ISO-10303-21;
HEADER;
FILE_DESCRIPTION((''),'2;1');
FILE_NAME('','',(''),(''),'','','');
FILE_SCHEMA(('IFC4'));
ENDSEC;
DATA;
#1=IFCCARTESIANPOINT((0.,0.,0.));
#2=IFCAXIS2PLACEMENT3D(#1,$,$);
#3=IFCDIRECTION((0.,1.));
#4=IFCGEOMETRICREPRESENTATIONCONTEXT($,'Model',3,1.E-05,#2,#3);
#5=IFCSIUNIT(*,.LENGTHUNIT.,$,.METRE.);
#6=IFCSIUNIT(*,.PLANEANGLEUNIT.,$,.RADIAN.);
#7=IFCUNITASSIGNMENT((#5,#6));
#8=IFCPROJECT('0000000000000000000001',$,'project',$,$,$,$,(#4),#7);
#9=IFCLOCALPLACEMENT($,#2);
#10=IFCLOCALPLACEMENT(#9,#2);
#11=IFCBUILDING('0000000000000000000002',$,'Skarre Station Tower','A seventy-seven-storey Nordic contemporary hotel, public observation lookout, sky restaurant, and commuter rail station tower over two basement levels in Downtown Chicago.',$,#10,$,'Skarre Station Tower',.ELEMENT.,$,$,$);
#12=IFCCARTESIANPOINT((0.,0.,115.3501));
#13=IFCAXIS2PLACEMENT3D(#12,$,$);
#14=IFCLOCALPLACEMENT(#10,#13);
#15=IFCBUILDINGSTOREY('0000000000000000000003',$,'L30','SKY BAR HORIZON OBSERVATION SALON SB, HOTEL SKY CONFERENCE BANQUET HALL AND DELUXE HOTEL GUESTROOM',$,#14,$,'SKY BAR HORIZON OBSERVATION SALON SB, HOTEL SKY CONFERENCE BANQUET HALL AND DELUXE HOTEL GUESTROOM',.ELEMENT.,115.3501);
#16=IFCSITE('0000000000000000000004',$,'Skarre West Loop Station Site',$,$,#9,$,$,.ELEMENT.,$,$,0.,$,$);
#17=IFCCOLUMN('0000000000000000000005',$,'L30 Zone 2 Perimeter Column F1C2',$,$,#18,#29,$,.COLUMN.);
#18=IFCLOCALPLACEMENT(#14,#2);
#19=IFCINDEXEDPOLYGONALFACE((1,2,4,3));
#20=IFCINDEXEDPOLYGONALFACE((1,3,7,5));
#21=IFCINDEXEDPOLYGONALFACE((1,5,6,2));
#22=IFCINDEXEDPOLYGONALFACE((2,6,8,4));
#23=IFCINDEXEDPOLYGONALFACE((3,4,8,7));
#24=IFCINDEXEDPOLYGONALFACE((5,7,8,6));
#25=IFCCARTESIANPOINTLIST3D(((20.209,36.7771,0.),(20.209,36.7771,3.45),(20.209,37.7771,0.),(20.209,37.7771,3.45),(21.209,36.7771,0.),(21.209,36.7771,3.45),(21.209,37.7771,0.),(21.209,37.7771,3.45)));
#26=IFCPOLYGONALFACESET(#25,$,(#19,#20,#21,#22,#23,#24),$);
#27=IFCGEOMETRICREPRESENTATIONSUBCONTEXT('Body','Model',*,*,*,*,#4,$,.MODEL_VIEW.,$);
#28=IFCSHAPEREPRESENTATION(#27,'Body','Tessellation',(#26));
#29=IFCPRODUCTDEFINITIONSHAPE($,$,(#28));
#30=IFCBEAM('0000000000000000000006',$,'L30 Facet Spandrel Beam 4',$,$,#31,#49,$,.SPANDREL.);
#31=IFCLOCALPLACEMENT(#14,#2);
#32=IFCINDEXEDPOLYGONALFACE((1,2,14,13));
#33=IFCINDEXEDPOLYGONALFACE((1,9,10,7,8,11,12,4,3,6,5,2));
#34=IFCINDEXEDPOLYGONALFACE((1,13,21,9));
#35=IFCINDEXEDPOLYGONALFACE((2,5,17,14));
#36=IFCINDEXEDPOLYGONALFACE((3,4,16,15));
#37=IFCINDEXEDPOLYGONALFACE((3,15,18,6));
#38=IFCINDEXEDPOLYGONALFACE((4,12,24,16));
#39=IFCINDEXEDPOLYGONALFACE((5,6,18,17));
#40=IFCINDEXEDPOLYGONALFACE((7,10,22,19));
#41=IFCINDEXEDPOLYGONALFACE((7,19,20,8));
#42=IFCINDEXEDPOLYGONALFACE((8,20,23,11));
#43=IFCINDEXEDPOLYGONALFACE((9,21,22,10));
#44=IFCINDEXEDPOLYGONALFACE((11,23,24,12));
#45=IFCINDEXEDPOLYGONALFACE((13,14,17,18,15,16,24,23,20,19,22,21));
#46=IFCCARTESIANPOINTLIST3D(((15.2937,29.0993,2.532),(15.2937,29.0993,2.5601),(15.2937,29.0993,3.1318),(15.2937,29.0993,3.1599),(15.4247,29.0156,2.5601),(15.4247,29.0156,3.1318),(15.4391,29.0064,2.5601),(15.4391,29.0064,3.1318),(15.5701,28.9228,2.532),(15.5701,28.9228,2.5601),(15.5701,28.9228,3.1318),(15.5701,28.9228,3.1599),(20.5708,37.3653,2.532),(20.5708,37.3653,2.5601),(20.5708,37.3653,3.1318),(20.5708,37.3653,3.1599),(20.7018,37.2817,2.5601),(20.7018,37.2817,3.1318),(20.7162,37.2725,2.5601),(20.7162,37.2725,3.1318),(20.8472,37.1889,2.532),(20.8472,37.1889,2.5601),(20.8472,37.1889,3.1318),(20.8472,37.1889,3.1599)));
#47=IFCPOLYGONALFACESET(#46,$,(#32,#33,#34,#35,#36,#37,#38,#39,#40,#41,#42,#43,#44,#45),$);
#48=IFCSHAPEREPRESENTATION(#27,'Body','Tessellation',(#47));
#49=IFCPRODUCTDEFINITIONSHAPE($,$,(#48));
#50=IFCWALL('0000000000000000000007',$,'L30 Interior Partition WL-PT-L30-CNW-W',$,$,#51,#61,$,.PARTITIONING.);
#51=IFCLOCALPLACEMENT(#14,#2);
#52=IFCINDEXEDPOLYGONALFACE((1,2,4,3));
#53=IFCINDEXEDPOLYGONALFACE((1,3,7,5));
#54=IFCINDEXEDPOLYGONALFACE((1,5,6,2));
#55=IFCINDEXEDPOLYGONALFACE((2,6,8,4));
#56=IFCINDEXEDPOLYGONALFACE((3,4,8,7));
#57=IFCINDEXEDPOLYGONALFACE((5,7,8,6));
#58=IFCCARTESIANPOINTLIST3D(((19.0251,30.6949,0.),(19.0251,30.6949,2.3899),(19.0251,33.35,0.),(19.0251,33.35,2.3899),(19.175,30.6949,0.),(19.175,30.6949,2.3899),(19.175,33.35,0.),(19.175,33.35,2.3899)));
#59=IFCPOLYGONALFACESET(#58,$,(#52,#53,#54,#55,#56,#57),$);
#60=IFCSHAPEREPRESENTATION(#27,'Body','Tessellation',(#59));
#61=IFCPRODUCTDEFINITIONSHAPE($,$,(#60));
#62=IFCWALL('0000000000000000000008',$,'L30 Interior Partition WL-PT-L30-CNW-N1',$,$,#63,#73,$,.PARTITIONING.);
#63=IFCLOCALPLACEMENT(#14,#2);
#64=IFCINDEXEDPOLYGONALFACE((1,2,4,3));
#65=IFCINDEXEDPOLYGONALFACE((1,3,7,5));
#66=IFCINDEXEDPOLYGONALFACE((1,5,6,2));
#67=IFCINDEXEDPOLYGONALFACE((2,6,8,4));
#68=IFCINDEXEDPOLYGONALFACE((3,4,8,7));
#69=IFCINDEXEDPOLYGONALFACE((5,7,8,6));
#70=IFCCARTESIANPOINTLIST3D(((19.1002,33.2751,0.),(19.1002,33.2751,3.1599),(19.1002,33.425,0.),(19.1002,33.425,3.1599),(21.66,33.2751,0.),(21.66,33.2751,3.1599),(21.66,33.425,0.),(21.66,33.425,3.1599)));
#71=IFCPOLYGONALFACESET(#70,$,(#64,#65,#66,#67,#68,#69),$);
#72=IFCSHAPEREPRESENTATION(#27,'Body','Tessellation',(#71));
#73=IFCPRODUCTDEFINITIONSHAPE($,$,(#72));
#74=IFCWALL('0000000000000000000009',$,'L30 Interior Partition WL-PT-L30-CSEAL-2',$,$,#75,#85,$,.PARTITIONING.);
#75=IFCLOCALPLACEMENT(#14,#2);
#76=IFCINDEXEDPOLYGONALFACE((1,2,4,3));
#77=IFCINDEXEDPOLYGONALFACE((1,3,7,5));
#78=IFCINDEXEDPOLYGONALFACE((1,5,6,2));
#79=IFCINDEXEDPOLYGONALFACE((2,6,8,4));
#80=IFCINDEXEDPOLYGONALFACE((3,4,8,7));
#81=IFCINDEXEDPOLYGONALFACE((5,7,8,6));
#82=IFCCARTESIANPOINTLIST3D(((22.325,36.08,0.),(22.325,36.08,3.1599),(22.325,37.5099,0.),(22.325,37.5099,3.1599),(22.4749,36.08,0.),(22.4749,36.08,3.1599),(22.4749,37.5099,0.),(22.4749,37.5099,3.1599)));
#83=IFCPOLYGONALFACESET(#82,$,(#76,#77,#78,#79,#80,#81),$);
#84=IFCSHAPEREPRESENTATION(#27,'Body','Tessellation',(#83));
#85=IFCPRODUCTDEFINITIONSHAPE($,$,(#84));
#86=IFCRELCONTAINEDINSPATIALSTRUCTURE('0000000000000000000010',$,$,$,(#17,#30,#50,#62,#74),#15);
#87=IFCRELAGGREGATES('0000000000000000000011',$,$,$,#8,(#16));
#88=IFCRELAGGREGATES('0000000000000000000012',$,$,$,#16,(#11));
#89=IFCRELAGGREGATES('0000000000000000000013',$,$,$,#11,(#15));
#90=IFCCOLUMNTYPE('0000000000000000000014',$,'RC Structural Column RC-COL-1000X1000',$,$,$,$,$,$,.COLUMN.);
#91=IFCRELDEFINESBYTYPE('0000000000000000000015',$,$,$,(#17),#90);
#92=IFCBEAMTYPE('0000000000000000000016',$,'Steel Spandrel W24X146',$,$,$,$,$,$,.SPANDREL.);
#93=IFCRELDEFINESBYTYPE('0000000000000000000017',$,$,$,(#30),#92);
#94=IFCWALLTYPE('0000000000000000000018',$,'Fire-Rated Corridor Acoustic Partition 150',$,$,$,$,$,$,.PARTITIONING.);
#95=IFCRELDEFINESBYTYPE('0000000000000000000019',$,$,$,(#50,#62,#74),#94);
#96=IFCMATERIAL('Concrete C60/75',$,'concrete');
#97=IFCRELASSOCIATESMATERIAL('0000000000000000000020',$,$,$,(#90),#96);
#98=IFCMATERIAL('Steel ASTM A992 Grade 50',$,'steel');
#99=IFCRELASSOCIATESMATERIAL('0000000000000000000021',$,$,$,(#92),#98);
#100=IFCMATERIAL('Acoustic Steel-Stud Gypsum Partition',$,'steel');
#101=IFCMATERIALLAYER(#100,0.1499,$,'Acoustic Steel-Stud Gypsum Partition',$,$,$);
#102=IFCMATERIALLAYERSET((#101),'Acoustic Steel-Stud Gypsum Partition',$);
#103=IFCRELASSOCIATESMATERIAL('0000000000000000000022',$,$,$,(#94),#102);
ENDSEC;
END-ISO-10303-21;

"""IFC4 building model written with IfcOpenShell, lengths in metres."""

from ifc_helpers import new_model, si_unit, direction, frame, frame_2d, origin, origin_2d, place, context, subcontext, project, spatial, rectangle, i_section, extrude, material, layer, layer_set, material_profile, profile_set, type_object, element, save


model = new_model("IFC4")

# Units and contexts
model_context = context("Model", 3, precision=1e-05, world=origin(), true_north=direction((0.0, 1.0)))
body_context = subcontext(model_context, "Body", "Model", "MODEL_VIEW")
ifc_project = project(units=[si_unit("LENGTHUNIT", "METRE"), si_unit("PLANEANGLEUNIT", "RADIAN")], contexts=[model_context])

# Site, building, storey
site_placement = place(None, origin())
site = spatial("IfcSite", under=ifc_project, at=site_placement, Name="Skarre West Loop Station Site", CompositionType="ELEMENT", RefElevation=0.0)
building_placement = place(site_placement, origin())
building = spatial("IfcBuilding", under=site, at=building_placement, Name="Skarre Station Tower", Description="A seventy-seven-storey Nordic contemporary hotel, public observation lookout, sky restaurant, and commuter rail station tower over two basement levels in Downtown Chicago.", LongName="Skarre Station Tower", CompositionType="ELEMENT")
storey_placement = place(building_placement, frame((0.0, 0.0, 115.3501)))
storey = spatial("IfcBuildingStorey", under=building, at=storey_placement, Name="L30", Description="SKY BAR HORIZON OBSERVATION SALON SB, HOTEL SKY CONFERENCE BANQUET HALL AND DELUXE HOTEL GUESTROOM", LongName="SKY BAR HORIZON OBSERVATION SALON SB, HOTEL SKY CONFERENCE BANQUET HALL AND DELUXE HOTEL GUESTROOM", CompositionType="ELEMENT", Elevation=115.3501)

# Column
ifc_material_1 = material(Name="Concrete C60/75", Category="concrete")
ifc_material_profile_1 = material_profile(ifc_material_1, rectangle(XDim=1.0, YDim=1.0, at=origin_2d()), Name="Concrete C60/75")
ifc_profile_set_1 = profile_set([ifc_material_profile_1], Name="Concrete C60/75")
column_type = type_object("IfcColumnType", Name="RC Structural Column RC-COL-1000X1000", PredefinedType="COLUMN", material=ifc_profile_set_1)
column_placement = place(storey_placement, frame((20.709, 37.2771, 0.0), z_axis=(0.0, 0.0, 1.0), x_axis=(1.0, 0.0, 0.0)))
element("IfcColumn", 1, at=column_placement, inside=storey, type_object=column_type, Name="L30 Zone 2 Perimeter Column F1C2", PredefinedType="COLUMN", context=body_context, shape_type="SweptSolid", body=[
    extrude(rectangle(XDim=1.0, YDim=1.0, at=origin_2d()), origin(), (0.0, 0.0, 1.0), 3.45),
])

# Beam
ifc_material_2 = material(Name="Steel ASTM A992 Grade 50", Category="steel")
ifc_material_profile_2 = material_profile(ifc_material_2, i_section(OverallWidth=0.3279, OverallDepth=0.6279, WebThickness=0.0171, FlangeThickness=0.0281, at=origin_2d()), Name="Steel ASTM A992 Grade 50")
ifc_profile_set_2 = profile_set([ifc_material_profile_2], Name="Steel ASTM A992 Grade 50")
beam_type = type_object("IfcBeamType", Name="Steel Spandrel W24X146", PredefinedType="SPANDREL", material=ifc_profile_set_2)
beam_placement = place(storey_placement, frame((20.709, 37.2771, 2.8459), z_axis=(-0.538098, -0.842883, 0.0), x_axis=(0.842883, -0.538098, 0.0)))
element("IfcBeam", 2, at=beam_placement, inside=storey, type_object=beam_type, Name="L30 Facet Spandrel Beam 4", PredefinedType="SPANDREL", context=body_context, shape_type="SweptSolid", body=[
    extrude(i_section(OverallWidth=0.3279, OverallDepth=0.6279, WebThickness=0.0171, FlangeThickness=0.0281, at=origin_2d()), origin(), (0.0, 0.0, 1.0), 9.8069),
])

# Walls
ifc_material_3 = material(Name="Acoustic Steel-Stud Gypsum Partition", Category="steel")
ifc_layer_1 = layer(ifc_material_3, 0.1499, Name="Acoustic Steel-Stud Gypsum Partition")
ifc_layer_set_1 = layer_set([ifc_layer_1], Name="Acoustic Steel-Stud Gypsum Partition")
wall_type_1 = type_object("IfcWallType", Name="Fire-Rated Corridor Acoustic Partition 150", PredefinedType="PARTITIONING", material=ifc_layer_set_1)
wall_1_placement = place(storey_placement, frame((19.1001, 33.3501, 0.0), z_axis=(0.0, 0.0, 1.0), x_axis=(0.0, -1.0, 0.0)))
element("IfcWall", 3, at=wall_1_placement, inside=storey, type_object=wall_type_1, Name="L30 Interior Partition WL-PT-L30-CNW-W", PredefinedType="PARTITIONING", context=body_context, shape_type="SweptSolid", body=[
    extrude(rectangle(XDim=2.655, YDim=0.1499, at=frame_2d((1.3276, 0.0))), origin(), (0.0, 0.0, 1.0), 2.3899),
])
wall_2_placement = place(storey_placement, frame((21.6599, 33.3501, 0.0), z_axis=(0.0, 0.0, 1.0), x_axis=(-1.0, 0.0, 0.0)))
element("IfcWall", 4, at=wall_2_placement, inside=storey, type_object=wall_type_1, Name="L30 Interior Partition WL-PT-L30-CNW-N1", PredefinedType="PARTITIONING", context=body_context, shape_type="SweptSolid", body=[
    extrude(rectangle(XDim=2.5598, YDim=0.1499, at=frame_2d((1.2798, 0.0))), origin(), (0.0, 0.0, 1.0), 3.1599),
])
wall_3_placement = place(storey_placement, frame((22.3999, 36.0801, 0.0), z_axis=(0.0, 0.0, 1.0), x_axis=(0.0, 1.0, 0.0)))
element("IfcWall", 5, at=wall_3_placement, inside=storey, type_object=wall_type_1, Name="L30 Interior Partition WL-PT-L30-CSEAL-2", PredefinedType="PARTITIONING", context=body_context, shape_type="SweptSolid", body=[
    extrude(rectangle(XDim=1.4299, YDim=0.1499, at=frame_2d((0.7148, 0.0))), origin(), (0.0, 0.0, 1.0), 3.1599),
])

save(model, "model.ifc")
